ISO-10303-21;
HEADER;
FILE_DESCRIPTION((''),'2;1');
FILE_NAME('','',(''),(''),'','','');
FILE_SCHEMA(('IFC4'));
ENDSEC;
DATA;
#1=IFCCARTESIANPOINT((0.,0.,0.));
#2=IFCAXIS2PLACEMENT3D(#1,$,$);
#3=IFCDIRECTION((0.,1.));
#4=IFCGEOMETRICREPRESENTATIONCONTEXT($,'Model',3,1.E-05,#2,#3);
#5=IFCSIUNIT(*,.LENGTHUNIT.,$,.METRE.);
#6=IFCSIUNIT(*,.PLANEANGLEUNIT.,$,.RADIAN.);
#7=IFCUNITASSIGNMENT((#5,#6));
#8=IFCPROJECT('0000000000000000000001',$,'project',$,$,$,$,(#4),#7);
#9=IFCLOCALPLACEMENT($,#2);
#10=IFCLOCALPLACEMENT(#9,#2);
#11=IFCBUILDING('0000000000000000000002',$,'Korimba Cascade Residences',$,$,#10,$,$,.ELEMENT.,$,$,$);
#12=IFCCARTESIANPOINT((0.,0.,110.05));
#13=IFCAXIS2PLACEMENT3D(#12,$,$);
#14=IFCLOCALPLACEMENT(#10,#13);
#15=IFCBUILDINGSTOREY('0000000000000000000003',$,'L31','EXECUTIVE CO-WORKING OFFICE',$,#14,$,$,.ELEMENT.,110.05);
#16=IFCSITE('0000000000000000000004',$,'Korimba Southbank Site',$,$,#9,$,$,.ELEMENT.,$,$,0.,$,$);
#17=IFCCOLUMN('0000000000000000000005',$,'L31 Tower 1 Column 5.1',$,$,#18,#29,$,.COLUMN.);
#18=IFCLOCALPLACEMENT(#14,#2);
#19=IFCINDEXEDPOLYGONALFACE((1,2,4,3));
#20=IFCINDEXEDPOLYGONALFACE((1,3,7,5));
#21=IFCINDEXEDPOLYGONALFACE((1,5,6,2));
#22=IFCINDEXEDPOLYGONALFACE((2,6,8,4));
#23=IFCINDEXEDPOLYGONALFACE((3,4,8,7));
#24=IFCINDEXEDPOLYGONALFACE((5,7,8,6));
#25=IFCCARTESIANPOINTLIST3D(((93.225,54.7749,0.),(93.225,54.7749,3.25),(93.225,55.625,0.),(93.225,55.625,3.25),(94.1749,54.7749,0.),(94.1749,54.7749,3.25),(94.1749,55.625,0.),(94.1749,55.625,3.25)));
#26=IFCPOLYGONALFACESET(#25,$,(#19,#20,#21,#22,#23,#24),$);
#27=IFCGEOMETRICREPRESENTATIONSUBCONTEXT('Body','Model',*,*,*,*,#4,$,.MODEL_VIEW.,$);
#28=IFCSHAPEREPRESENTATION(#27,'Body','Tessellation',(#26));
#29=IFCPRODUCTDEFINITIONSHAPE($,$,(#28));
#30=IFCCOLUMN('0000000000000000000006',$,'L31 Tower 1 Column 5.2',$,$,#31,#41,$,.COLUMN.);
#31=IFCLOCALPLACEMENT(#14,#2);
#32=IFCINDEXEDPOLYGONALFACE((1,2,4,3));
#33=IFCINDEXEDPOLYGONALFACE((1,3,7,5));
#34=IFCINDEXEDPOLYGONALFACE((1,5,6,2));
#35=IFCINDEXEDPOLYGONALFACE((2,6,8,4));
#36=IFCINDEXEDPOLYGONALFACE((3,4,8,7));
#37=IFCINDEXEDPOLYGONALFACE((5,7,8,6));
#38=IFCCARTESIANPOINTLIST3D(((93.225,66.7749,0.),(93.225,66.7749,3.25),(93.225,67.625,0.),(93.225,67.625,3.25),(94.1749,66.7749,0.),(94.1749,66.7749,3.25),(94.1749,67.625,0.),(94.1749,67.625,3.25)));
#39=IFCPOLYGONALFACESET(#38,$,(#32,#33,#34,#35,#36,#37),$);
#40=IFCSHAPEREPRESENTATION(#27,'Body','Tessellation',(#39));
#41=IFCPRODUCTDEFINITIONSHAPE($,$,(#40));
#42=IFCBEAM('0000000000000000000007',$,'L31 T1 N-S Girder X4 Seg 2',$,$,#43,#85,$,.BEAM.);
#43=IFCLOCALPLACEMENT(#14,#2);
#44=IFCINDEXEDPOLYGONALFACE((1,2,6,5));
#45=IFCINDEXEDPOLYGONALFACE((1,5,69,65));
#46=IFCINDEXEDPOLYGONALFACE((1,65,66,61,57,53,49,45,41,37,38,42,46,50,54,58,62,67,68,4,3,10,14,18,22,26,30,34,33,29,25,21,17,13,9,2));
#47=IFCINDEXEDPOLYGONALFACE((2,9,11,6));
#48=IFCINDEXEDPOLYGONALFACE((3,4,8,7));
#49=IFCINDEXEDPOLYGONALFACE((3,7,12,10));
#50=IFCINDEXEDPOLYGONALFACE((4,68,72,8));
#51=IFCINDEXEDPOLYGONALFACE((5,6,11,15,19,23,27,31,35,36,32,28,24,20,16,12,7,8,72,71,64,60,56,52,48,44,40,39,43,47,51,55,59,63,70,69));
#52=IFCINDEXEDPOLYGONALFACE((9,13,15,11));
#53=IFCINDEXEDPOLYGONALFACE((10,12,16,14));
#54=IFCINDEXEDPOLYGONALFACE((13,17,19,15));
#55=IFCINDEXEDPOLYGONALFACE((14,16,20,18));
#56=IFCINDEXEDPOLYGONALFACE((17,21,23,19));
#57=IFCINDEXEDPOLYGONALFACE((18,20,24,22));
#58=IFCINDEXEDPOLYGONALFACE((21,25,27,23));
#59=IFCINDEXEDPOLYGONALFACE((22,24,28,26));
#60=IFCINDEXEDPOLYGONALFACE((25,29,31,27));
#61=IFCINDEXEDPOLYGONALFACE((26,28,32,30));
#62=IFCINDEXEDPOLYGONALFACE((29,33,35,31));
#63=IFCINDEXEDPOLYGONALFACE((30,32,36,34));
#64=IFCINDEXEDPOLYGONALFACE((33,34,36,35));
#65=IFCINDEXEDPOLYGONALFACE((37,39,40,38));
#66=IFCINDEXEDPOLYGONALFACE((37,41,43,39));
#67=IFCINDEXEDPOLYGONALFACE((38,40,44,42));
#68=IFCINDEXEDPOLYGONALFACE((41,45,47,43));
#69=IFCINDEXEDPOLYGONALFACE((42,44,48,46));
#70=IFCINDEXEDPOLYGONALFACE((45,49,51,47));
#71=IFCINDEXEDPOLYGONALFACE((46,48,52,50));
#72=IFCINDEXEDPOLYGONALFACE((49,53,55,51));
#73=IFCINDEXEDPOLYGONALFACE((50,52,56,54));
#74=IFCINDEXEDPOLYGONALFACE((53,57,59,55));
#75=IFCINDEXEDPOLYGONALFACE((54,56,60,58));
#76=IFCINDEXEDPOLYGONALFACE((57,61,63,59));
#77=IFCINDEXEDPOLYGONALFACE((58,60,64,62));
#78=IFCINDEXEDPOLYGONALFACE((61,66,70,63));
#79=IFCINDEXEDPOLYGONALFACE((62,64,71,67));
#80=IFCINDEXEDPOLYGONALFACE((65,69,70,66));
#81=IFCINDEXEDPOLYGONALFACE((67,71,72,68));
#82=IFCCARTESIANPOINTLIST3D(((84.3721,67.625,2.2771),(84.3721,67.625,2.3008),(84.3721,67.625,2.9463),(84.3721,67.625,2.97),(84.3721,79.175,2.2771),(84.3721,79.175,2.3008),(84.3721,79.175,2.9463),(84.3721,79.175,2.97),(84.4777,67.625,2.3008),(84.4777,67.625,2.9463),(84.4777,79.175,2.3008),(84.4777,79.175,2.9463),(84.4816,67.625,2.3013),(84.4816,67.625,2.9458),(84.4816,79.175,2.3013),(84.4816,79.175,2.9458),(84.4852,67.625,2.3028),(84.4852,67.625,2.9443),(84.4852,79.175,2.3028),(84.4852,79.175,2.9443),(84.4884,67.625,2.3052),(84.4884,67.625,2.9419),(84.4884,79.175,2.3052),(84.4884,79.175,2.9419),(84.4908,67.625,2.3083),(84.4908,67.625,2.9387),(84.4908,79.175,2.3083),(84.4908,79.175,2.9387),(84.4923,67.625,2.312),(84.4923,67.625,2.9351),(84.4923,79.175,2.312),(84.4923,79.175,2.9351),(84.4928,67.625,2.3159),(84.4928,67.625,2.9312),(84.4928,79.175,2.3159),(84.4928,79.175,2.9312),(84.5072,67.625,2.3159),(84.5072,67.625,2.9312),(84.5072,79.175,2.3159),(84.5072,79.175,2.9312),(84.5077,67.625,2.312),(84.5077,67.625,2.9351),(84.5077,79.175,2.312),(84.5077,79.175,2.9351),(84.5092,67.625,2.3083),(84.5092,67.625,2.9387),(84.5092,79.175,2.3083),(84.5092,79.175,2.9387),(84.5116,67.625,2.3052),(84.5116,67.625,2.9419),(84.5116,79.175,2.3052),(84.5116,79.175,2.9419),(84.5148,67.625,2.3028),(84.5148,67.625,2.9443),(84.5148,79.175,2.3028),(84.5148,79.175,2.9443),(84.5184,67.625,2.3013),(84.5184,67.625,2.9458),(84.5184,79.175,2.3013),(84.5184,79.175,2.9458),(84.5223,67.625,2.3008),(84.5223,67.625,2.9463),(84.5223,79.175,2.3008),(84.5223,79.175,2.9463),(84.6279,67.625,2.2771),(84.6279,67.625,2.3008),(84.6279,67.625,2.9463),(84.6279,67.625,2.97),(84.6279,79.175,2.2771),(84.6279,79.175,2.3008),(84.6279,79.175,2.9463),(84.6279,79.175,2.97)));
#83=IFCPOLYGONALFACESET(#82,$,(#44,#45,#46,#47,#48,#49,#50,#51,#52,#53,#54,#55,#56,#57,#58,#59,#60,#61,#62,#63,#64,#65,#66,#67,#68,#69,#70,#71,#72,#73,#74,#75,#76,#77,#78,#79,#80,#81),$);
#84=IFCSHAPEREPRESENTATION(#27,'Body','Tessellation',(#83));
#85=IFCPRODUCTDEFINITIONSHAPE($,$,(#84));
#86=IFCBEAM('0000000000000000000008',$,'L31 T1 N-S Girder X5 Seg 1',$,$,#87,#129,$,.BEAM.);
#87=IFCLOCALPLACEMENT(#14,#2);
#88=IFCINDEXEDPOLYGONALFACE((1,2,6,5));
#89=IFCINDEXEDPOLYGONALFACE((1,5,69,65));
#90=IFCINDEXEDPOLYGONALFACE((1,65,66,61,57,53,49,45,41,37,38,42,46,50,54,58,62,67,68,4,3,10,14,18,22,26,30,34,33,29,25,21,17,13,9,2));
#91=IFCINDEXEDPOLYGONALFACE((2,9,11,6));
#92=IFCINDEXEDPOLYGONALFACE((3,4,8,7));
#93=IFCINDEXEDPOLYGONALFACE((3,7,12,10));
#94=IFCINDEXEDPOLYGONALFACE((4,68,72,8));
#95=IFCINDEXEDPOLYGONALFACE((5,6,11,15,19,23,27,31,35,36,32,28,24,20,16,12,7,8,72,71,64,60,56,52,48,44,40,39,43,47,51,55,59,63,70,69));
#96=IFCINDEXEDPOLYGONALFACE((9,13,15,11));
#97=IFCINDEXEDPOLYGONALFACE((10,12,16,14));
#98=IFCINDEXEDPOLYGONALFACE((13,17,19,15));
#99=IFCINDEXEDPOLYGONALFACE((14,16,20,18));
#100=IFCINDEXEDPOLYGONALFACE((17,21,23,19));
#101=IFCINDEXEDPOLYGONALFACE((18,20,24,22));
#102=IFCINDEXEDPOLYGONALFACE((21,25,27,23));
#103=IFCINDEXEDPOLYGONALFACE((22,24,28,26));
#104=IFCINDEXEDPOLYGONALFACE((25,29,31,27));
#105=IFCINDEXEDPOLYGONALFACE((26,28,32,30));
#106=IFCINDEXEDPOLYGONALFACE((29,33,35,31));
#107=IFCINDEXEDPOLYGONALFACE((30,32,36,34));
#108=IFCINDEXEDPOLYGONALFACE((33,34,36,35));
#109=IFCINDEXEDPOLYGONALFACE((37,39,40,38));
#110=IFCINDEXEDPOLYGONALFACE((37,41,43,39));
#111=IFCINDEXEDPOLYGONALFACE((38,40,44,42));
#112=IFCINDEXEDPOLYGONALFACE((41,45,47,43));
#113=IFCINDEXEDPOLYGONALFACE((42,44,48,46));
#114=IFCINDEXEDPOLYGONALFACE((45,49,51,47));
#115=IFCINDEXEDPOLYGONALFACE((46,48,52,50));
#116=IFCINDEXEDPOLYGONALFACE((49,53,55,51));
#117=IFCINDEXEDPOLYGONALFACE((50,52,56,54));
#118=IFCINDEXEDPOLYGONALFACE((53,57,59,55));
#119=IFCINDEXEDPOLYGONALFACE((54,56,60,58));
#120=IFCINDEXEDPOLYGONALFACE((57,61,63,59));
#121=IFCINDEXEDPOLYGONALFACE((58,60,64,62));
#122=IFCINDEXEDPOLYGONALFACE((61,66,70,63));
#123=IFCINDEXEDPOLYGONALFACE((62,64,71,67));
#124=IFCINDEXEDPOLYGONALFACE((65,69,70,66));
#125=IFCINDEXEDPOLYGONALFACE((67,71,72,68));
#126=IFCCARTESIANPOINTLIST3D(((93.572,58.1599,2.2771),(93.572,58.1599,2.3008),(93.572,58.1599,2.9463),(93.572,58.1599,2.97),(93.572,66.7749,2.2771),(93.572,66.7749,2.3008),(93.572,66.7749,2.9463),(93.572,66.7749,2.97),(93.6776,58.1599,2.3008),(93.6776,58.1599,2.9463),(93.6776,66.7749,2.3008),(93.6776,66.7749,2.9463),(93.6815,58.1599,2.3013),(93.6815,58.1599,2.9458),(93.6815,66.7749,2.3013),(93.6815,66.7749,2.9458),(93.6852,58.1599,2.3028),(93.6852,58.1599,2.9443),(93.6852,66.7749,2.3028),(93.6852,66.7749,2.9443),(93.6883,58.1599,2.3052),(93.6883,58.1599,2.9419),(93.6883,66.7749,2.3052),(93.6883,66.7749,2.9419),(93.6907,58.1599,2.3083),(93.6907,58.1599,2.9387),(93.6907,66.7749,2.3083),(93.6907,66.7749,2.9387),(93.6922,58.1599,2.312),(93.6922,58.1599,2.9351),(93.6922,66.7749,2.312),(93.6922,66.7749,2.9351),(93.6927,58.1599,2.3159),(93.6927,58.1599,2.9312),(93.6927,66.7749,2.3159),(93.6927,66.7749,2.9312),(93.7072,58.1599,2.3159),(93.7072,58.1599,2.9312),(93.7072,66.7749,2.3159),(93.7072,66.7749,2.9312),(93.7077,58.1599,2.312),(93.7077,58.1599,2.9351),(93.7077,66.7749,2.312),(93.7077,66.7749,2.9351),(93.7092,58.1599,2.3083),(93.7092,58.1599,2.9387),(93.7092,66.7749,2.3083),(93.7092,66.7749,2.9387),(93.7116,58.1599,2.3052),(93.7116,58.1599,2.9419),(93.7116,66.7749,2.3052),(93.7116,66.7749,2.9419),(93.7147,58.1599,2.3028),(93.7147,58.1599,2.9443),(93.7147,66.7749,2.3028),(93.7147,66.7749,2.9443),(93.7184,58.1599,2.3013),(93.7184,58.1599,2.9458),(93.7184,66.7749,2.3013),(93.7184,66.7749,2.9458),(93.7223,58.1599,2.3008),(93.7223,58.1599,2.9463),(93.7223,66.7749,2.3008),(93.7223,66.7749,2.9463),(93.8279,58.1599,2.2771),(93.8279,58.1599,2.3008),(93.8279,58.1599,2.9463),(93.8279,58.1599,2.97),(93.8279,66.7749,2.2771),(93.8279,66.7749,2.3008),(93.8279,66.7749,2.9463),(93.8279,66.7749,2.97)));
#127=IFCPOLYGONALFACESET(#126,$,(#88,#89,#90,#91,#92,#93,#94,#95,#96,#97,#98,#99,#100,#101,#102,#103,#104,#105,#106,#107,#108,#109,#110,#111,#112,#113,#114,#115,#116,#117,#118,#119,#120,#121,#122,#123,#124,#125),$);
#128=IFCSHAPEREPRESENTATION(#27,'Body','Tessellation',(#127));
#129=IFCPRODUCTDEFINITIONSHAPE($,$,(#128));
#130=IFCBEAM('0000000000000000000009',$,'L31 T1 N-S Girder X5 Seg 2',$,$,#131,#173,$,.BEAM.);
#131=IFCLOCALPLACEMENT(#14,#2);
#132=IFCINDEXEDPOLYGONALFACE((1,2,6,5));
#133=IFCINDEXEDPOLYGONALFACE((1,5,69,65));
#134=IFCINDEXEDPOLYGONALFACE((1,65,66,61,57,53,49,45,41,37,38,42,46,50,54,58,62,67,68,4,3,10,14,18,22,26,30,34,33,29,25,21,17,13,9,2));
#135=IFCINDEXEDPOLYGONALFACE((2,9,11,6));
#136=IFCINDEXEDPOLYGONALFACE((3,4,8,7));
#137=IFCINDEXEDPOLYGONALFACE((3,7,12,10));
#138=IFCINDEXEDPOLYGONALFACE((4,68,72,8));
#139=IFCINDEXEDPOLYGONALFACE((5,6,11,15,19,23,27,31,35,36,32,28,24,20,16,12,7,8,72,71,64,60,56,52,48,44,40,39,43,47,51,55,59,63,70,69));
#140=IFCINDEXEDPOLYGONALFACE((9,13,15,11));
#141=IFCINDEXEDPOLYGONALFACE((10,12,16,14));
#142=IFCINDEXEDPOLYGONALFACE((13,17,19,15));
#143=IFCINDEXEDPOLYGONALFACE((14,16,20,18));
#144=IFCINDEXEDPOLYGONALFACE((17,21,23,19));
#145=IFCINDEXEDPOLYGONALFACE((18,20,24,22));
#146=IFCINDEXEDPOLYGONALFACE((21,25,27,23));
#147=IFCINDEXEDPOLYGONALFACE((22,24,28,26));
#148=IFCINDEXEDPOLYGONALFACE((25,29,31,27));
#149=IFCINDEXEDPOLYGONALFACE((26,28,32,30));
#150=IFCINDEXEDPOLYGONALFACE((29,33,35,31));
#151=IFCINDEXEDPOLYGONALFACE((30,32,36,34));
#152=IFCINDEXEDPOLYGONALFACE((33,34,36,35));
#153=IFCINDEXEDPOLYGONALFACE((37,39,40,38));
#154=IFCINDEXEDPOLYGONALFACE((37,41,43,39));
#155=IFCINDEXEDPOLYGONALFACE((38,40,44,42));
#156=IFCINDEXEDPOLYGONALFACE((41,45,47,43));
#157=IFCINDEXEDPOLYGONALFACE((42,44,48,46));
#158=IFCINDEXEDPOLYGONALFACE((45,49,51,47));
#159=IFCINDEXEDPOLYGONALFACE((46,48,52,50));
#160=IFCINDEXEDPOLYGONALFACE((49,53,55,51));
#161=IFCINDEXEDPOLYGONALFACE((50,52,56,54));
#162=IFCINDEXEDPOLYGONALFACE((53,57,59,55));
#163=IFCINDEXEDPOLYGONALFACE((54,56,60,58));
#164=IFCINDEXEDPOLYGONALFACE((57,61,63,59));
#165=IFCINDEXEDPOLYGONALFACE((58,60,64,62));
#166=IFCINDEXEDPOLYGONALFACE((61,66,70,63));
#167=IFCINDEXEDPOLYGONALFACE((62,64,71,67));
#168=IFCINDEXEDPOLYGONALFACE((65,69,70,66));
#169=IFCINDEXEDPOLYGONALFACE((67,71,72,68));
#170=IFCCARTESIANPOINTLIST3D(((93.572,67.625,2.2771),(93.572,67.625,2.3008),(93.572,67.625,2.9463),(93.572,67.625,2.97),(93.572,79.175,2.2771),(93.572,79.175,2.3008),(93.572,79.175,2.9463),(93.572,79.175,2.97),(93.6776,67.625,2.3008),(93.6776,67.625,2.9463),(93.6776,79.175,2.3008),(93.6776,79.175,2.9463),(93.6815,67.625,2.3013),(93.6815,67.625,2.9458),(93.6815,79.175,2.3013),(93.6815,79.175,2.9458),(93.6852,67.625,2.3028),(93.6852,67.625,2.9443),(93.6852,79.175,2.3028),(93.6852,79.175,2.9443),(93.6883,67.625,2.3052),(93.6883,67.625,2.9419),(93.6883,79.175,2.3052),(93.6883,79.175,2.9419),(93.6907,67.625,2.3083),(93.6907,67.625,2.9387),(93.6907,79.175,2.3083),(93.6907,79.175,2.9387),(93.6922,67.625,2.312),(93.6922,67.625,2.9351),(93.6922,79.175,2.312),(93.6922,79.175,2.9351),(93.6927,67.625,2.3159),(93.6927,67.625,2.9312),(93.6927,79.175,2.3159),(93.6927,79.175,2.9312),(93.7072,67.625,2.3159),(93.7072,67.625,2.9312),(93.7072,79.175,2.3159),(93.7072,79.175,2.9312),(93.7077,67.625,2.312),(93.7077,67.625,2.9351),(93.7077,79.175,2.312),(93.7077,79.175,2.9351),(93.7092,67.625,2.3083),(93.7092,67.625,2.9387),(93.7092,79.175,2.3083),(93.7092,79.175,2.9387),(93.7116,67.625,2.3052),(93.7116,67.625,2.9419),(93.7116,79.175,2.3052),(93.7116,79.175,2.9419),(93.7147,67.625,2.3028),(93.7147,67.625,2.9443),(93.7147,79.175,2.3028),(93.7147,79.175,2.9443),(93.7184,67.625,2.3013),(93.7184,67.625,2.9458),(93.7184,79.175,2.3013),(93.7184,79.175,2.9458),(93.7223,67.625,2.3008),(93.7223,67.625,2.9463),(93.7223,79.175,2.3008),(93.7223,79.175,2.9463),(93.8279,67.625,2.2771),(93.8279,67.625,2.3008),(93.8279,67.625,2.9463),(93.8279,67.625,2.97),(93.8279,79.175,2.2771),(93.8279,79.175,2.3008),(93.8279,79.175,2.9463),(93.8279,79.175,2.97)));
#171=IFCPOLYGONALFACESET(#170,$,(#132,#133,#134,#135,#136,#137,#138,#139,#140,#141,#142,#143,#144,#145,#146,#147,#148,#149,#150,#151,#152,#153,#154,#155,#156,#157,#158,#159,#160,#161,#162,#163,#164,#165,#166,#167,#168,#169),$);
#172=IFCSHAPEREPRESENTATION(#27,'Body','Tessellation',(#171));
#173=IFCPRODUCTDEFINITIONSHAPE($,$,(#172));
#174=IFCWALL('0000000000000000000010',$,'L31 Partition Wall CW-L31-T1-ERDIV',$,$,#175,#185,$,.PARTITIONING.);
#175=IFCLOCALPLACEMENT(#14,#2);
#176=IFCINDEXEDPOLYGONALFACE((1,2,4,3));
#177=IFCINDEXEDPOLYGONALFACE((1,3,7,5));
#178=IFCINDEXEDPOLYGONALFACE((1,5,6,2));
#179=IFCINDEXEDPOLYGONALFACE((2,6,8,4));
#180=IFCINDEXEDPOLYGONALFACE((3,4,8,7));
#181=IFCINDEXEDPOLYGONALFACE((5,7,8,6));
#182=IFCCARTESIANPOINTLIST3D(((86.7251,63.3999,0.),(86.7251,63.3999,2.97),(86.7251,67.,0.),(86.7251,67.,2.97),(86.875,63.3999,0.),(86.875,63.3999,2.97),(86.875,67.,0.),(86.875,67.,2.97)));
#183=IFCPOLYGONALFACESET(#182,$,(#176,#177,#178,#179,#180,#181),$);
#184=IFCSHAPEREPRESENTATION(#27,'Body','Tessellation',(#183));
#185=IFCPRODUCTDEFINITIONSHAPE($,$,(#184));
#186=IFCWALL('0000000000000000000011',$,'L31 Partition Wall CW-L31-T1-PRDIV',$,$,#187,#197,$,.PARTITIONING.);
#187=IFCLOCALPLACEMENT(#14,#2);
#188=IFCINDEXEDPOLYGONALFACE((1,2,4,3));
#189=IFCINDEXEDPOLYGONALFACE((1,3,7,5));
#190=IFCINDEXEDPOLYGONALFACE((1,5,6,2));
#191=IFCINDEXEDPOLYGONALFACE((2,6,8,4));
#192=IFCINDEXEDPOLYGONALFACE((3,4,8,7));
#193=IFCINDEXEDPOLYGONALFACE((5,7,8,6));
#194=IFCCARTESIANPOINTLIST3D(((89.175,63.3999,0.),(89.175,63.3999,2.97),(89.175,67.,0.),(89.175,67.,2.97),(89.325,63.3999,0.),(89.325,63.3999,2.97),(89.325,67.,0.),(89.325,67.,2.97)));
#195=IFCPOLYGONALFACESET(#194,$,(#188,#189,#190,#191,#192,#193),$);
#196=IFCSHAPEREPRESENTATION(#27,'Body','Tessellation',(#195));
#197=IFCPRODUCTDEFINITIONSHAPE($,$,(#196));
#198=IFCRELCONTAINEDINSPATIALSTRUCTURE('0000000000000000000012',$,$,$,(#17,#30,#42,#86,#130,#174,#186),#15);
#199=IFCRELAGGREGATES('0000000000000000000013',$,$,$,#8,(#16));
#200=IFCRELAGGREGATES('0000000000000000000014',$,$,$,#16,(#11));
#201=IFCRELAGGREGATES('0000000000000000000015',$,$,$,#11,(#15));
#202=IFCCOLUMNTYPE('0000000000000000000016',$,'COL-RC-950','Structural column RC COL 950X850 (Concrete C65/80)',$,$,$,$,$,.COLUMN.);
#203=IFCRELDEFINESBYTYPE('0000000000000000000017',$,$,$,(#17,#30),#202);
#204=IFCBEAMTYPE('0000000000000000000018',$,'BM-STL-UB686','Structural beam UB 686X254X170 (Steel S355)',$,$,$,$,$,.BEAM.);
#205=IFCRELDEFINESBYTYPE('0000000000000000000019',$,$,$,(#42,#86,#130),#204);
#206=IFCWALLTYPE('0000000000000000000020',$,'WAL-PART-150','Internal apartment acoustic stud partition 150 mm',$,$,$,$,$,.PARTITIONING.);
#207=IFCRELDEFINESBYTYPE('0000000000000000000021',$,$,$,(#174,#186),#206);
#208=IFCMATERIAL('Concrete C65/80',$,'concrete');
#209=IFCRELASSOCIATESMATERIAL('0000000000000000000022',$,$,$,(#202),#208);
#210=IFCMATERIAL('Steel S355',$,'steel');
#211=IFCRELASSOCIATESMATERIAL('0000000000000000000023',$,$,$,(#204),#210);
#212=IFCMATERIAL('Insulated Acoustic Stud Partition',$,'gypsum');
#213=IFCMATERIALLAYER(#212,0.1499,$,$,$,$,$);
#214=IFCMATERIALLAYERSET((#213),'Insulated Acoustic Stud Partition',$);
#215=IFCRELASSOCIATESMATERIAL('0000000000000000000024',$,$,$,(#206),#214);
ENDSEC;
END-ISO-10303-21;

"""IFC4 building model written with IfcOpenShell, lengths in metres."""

from ifc_helpers import new_model, si_unit, direction, frame, frame_2d, origin, origin_2d, place, context, subcontext, project, spatial, rectangle, i_section, extrude, material, layer, layer_set, material_profile, profile_set, type_object, element, save


model = new_model("IFC4")

# Units and contexts
model_context = context("Model", 3, precision=1e-05, world=origin(), true_north=direction((0.0, 1.0)))
body_context = subcontext(model_context, "Body", "Model", "MODEL_VIEW")
ifc_project = project(units=[si_unit("LENGTHUNIT", "METRE"), si_unit("PLANEANGLEUNIT", "RADIAN")], contexts=[model_context])

# Site, building, storey
site_placement = place(None, origin())
site = spatial("IfcSite", under=ifc_project, at=site_placement, Name="Korimba Southbank Site", CompositionType="ELEMENT", RefElevation=0.0)
building_placement = place(site_placement, origin())
building = spatial("IfcBuilding", under=site, at=building_placement, Name="Korimba Cascade Residences", CompositionType="ELEMENT")
storey_placement = place(building_placement, frame((0.0, 0.0, 110.05)))
storey = spatial("IfcBuildingStorey", under=building, at=storey_placement, Name="L31", Description="EXECUTIVE CO-WORKING OFFICE", CompositionType="ELEMENT", Elevation=110.05)

# Columns
ifc_material_1 = material(Name="Concrete C65/80", Category="concrete")
ifc_material_profile_1 = material_profile(ifc_material_1, rectangle(XDim=0.95, YDim=0.8501, at=origin_2d()), Name="Concrete C65/80")
ifc_profile_set_1 = profile_set([ifc_material_profile_1], Name="Concrete C65/80")
column_type = type_object("IfcColumnType", Name="COL-RC-950", Description="Structural column RC COL 950X850 (Concrete C65/80)", PredefinedType="COLUMN", material=ifc_profile_set_1)
for number, where, z_axis, x_axis, name in (
    (1, (93.7, 55.2, 0.0), (0.0, 0.0, 1.0), (1.0, 0.0, 0.0), "L31 Tower 1 Column 5.1"),
    (2, (93.7, 67.2, 0.0), (0.0, 0.0, 1.0), (1.0, 0.0, 0.0), "L31 Tower 1 Column 5.2"),
):
    element("IfcColumn", number, at=place(storey_placement, frame(where, z_axis=z_axis, x_axis=x_axis)), inside=storey, type_object=column_type, Name=name, PredefinedType="COLUMN", context=body_context, shape_type="SweptSolid", body=[
        extrude(rectangle(XDim=0.95, YDim=0.8501, at=origin_2d()), origin(), (0.0, 0.0, 1.0), 3.25),
    ])

# Beams
ifc_material_2 = material(Name="Steel S355", Category="steel")
ifc_material_profile_2 = material_profile(ifc_material_2, i_section(OverallWidth=0.2559, OverallDepth=0.6929, WebThickness=0.0144, FlangeThickness=0.0237, FilletRadius=0.0151, at=origin_2d()), Name="Steel S355")
ifc_profile_set_2 = profile_set([ifc_material_profile_2], Name="Steel S355")
beam_type = type_object("IfcBeamType", Name="BM-STL-UB686", Description="Structural beam UB 686X254X170 (Steel S355)", PredefinedType="BEAM", material=ifc_profile_set_2)
beam_1_placement = place(storey_placement, frame((84.5, 67.625, 2.6235), z_axis=(0.0, 1.0, 0.0), x_axis=(-1.0, 0.0, 0.0)))
element("IfcBeam", 3, at=beam_1_placement, inside=storey, type_object=beam_type, Name="L31 T1 N-S Girder X4 Seg 2", PredefinedType="BEAM", context=body_context, shape_type="SweptSolid", body=[
    extrude(i_section(OverallWidth=0.2559, OverallDepth=0.6929, WebThickness=0.0144, FlangeThickness=0.0237, FilletRadius=0.0151, at=origin_2d()), origin(), (0.0, 0.0, 1.0), 11.55),
])
beam_2_placement = place(storey_placement, frame((93.7, 58.1599, 2.6235), z_axis=(0.0, 1.0, 0.0), x_axis=(-1.0, 0.0, 0.0)))
element("IfcBeam", 4, at=beam_2_placement, inside=storey, type_object=beam_type, Name="L31 T1 N-S Girder X5 Seg 1", PredefinedType="BEAM", context=body_context, shape_type="SweptSolid", body=[
    extrude(i_section(OverallWidth=0.2559, OverallDepth=0.6929, WebThickness=0.0144, FlangeThickness=0.0237, FilletRadius=0.0151, at=origin_2d()), origin(), (0.0, 0.0, 1.0), 8.615),
])
beam_3_placement = place(storey_placement, frame((93.7, 67.625, 2.6235), z_axis=(0.0, 1.0, 0.0), x_axis=(-1.0, 0.0, 0.0)))
element("IfcBeam", 5, at=beam_3_placement, inside=storey, type_object=beam_type, Name="L31 T1 N-S Girder X5 Seg 2", PredefinedType="BEAM", context=body_context, shape_type="SweptSolid", body=[
    extrude(i_section(OverallWidth=0.2559, OverallDepth=0.6929, WebThickness=0.0144, FlangeThickness=0.0237, FilletRadius=0.0151, at=origin_2d()), origin(), (0.0, 0.0, 1.0), 11.55),
])

# Walls
ifc_material_3 = material(Name="Insulated Acoustic Stud Partition", Category="gypsum")
ifc_layer_1 = layer(ifc_material_3, 0.1499)
ifc_layer_set_1 = layer_set([ifc_layer_1], Name="Insulated Acoustic Stud Partition")
wall_type_1 = type_object("IfcWallType", Name="WAL-PART-150", Description="Internal apartment acoustic stud partition 150 mm", PredefinedType="PARTITIONING", material=ifc_layer_set_1)
for number, where, z_axis, x_axis, name in (
    (6, (86.8, 63.3999, 0.0), (0.0, 0.0, 1.0), (0.0, 1.0, 0.0), "L31 Partition Wall CW-L31-T1-ERDIV"),
    (7, (89.25, 63.3999, 0.0), (0.0, 0.0, 1.0), (0.0, 1.0, 0.0), "L31 Partition Wall CW-L31-T1-PRDIV"),
):
    element("IfcWall", number, at=place(storey_placement, frame(where, z_axis=z_axis, x_axis=x_axis)), inside=storey, type_object=wall_type_1, Name=name, PredefinedType="PARTITIONING", context=body_context, shape_type="SweptSolid", body=[
        extrude(rectangle(XDim=3.6001, YDim=0.1499, at=frame_2d((1.8, 0.0))), origin(), (0.0, 0.0, 1.0), 2.97),
    ])

save(model, "model.ifc")
